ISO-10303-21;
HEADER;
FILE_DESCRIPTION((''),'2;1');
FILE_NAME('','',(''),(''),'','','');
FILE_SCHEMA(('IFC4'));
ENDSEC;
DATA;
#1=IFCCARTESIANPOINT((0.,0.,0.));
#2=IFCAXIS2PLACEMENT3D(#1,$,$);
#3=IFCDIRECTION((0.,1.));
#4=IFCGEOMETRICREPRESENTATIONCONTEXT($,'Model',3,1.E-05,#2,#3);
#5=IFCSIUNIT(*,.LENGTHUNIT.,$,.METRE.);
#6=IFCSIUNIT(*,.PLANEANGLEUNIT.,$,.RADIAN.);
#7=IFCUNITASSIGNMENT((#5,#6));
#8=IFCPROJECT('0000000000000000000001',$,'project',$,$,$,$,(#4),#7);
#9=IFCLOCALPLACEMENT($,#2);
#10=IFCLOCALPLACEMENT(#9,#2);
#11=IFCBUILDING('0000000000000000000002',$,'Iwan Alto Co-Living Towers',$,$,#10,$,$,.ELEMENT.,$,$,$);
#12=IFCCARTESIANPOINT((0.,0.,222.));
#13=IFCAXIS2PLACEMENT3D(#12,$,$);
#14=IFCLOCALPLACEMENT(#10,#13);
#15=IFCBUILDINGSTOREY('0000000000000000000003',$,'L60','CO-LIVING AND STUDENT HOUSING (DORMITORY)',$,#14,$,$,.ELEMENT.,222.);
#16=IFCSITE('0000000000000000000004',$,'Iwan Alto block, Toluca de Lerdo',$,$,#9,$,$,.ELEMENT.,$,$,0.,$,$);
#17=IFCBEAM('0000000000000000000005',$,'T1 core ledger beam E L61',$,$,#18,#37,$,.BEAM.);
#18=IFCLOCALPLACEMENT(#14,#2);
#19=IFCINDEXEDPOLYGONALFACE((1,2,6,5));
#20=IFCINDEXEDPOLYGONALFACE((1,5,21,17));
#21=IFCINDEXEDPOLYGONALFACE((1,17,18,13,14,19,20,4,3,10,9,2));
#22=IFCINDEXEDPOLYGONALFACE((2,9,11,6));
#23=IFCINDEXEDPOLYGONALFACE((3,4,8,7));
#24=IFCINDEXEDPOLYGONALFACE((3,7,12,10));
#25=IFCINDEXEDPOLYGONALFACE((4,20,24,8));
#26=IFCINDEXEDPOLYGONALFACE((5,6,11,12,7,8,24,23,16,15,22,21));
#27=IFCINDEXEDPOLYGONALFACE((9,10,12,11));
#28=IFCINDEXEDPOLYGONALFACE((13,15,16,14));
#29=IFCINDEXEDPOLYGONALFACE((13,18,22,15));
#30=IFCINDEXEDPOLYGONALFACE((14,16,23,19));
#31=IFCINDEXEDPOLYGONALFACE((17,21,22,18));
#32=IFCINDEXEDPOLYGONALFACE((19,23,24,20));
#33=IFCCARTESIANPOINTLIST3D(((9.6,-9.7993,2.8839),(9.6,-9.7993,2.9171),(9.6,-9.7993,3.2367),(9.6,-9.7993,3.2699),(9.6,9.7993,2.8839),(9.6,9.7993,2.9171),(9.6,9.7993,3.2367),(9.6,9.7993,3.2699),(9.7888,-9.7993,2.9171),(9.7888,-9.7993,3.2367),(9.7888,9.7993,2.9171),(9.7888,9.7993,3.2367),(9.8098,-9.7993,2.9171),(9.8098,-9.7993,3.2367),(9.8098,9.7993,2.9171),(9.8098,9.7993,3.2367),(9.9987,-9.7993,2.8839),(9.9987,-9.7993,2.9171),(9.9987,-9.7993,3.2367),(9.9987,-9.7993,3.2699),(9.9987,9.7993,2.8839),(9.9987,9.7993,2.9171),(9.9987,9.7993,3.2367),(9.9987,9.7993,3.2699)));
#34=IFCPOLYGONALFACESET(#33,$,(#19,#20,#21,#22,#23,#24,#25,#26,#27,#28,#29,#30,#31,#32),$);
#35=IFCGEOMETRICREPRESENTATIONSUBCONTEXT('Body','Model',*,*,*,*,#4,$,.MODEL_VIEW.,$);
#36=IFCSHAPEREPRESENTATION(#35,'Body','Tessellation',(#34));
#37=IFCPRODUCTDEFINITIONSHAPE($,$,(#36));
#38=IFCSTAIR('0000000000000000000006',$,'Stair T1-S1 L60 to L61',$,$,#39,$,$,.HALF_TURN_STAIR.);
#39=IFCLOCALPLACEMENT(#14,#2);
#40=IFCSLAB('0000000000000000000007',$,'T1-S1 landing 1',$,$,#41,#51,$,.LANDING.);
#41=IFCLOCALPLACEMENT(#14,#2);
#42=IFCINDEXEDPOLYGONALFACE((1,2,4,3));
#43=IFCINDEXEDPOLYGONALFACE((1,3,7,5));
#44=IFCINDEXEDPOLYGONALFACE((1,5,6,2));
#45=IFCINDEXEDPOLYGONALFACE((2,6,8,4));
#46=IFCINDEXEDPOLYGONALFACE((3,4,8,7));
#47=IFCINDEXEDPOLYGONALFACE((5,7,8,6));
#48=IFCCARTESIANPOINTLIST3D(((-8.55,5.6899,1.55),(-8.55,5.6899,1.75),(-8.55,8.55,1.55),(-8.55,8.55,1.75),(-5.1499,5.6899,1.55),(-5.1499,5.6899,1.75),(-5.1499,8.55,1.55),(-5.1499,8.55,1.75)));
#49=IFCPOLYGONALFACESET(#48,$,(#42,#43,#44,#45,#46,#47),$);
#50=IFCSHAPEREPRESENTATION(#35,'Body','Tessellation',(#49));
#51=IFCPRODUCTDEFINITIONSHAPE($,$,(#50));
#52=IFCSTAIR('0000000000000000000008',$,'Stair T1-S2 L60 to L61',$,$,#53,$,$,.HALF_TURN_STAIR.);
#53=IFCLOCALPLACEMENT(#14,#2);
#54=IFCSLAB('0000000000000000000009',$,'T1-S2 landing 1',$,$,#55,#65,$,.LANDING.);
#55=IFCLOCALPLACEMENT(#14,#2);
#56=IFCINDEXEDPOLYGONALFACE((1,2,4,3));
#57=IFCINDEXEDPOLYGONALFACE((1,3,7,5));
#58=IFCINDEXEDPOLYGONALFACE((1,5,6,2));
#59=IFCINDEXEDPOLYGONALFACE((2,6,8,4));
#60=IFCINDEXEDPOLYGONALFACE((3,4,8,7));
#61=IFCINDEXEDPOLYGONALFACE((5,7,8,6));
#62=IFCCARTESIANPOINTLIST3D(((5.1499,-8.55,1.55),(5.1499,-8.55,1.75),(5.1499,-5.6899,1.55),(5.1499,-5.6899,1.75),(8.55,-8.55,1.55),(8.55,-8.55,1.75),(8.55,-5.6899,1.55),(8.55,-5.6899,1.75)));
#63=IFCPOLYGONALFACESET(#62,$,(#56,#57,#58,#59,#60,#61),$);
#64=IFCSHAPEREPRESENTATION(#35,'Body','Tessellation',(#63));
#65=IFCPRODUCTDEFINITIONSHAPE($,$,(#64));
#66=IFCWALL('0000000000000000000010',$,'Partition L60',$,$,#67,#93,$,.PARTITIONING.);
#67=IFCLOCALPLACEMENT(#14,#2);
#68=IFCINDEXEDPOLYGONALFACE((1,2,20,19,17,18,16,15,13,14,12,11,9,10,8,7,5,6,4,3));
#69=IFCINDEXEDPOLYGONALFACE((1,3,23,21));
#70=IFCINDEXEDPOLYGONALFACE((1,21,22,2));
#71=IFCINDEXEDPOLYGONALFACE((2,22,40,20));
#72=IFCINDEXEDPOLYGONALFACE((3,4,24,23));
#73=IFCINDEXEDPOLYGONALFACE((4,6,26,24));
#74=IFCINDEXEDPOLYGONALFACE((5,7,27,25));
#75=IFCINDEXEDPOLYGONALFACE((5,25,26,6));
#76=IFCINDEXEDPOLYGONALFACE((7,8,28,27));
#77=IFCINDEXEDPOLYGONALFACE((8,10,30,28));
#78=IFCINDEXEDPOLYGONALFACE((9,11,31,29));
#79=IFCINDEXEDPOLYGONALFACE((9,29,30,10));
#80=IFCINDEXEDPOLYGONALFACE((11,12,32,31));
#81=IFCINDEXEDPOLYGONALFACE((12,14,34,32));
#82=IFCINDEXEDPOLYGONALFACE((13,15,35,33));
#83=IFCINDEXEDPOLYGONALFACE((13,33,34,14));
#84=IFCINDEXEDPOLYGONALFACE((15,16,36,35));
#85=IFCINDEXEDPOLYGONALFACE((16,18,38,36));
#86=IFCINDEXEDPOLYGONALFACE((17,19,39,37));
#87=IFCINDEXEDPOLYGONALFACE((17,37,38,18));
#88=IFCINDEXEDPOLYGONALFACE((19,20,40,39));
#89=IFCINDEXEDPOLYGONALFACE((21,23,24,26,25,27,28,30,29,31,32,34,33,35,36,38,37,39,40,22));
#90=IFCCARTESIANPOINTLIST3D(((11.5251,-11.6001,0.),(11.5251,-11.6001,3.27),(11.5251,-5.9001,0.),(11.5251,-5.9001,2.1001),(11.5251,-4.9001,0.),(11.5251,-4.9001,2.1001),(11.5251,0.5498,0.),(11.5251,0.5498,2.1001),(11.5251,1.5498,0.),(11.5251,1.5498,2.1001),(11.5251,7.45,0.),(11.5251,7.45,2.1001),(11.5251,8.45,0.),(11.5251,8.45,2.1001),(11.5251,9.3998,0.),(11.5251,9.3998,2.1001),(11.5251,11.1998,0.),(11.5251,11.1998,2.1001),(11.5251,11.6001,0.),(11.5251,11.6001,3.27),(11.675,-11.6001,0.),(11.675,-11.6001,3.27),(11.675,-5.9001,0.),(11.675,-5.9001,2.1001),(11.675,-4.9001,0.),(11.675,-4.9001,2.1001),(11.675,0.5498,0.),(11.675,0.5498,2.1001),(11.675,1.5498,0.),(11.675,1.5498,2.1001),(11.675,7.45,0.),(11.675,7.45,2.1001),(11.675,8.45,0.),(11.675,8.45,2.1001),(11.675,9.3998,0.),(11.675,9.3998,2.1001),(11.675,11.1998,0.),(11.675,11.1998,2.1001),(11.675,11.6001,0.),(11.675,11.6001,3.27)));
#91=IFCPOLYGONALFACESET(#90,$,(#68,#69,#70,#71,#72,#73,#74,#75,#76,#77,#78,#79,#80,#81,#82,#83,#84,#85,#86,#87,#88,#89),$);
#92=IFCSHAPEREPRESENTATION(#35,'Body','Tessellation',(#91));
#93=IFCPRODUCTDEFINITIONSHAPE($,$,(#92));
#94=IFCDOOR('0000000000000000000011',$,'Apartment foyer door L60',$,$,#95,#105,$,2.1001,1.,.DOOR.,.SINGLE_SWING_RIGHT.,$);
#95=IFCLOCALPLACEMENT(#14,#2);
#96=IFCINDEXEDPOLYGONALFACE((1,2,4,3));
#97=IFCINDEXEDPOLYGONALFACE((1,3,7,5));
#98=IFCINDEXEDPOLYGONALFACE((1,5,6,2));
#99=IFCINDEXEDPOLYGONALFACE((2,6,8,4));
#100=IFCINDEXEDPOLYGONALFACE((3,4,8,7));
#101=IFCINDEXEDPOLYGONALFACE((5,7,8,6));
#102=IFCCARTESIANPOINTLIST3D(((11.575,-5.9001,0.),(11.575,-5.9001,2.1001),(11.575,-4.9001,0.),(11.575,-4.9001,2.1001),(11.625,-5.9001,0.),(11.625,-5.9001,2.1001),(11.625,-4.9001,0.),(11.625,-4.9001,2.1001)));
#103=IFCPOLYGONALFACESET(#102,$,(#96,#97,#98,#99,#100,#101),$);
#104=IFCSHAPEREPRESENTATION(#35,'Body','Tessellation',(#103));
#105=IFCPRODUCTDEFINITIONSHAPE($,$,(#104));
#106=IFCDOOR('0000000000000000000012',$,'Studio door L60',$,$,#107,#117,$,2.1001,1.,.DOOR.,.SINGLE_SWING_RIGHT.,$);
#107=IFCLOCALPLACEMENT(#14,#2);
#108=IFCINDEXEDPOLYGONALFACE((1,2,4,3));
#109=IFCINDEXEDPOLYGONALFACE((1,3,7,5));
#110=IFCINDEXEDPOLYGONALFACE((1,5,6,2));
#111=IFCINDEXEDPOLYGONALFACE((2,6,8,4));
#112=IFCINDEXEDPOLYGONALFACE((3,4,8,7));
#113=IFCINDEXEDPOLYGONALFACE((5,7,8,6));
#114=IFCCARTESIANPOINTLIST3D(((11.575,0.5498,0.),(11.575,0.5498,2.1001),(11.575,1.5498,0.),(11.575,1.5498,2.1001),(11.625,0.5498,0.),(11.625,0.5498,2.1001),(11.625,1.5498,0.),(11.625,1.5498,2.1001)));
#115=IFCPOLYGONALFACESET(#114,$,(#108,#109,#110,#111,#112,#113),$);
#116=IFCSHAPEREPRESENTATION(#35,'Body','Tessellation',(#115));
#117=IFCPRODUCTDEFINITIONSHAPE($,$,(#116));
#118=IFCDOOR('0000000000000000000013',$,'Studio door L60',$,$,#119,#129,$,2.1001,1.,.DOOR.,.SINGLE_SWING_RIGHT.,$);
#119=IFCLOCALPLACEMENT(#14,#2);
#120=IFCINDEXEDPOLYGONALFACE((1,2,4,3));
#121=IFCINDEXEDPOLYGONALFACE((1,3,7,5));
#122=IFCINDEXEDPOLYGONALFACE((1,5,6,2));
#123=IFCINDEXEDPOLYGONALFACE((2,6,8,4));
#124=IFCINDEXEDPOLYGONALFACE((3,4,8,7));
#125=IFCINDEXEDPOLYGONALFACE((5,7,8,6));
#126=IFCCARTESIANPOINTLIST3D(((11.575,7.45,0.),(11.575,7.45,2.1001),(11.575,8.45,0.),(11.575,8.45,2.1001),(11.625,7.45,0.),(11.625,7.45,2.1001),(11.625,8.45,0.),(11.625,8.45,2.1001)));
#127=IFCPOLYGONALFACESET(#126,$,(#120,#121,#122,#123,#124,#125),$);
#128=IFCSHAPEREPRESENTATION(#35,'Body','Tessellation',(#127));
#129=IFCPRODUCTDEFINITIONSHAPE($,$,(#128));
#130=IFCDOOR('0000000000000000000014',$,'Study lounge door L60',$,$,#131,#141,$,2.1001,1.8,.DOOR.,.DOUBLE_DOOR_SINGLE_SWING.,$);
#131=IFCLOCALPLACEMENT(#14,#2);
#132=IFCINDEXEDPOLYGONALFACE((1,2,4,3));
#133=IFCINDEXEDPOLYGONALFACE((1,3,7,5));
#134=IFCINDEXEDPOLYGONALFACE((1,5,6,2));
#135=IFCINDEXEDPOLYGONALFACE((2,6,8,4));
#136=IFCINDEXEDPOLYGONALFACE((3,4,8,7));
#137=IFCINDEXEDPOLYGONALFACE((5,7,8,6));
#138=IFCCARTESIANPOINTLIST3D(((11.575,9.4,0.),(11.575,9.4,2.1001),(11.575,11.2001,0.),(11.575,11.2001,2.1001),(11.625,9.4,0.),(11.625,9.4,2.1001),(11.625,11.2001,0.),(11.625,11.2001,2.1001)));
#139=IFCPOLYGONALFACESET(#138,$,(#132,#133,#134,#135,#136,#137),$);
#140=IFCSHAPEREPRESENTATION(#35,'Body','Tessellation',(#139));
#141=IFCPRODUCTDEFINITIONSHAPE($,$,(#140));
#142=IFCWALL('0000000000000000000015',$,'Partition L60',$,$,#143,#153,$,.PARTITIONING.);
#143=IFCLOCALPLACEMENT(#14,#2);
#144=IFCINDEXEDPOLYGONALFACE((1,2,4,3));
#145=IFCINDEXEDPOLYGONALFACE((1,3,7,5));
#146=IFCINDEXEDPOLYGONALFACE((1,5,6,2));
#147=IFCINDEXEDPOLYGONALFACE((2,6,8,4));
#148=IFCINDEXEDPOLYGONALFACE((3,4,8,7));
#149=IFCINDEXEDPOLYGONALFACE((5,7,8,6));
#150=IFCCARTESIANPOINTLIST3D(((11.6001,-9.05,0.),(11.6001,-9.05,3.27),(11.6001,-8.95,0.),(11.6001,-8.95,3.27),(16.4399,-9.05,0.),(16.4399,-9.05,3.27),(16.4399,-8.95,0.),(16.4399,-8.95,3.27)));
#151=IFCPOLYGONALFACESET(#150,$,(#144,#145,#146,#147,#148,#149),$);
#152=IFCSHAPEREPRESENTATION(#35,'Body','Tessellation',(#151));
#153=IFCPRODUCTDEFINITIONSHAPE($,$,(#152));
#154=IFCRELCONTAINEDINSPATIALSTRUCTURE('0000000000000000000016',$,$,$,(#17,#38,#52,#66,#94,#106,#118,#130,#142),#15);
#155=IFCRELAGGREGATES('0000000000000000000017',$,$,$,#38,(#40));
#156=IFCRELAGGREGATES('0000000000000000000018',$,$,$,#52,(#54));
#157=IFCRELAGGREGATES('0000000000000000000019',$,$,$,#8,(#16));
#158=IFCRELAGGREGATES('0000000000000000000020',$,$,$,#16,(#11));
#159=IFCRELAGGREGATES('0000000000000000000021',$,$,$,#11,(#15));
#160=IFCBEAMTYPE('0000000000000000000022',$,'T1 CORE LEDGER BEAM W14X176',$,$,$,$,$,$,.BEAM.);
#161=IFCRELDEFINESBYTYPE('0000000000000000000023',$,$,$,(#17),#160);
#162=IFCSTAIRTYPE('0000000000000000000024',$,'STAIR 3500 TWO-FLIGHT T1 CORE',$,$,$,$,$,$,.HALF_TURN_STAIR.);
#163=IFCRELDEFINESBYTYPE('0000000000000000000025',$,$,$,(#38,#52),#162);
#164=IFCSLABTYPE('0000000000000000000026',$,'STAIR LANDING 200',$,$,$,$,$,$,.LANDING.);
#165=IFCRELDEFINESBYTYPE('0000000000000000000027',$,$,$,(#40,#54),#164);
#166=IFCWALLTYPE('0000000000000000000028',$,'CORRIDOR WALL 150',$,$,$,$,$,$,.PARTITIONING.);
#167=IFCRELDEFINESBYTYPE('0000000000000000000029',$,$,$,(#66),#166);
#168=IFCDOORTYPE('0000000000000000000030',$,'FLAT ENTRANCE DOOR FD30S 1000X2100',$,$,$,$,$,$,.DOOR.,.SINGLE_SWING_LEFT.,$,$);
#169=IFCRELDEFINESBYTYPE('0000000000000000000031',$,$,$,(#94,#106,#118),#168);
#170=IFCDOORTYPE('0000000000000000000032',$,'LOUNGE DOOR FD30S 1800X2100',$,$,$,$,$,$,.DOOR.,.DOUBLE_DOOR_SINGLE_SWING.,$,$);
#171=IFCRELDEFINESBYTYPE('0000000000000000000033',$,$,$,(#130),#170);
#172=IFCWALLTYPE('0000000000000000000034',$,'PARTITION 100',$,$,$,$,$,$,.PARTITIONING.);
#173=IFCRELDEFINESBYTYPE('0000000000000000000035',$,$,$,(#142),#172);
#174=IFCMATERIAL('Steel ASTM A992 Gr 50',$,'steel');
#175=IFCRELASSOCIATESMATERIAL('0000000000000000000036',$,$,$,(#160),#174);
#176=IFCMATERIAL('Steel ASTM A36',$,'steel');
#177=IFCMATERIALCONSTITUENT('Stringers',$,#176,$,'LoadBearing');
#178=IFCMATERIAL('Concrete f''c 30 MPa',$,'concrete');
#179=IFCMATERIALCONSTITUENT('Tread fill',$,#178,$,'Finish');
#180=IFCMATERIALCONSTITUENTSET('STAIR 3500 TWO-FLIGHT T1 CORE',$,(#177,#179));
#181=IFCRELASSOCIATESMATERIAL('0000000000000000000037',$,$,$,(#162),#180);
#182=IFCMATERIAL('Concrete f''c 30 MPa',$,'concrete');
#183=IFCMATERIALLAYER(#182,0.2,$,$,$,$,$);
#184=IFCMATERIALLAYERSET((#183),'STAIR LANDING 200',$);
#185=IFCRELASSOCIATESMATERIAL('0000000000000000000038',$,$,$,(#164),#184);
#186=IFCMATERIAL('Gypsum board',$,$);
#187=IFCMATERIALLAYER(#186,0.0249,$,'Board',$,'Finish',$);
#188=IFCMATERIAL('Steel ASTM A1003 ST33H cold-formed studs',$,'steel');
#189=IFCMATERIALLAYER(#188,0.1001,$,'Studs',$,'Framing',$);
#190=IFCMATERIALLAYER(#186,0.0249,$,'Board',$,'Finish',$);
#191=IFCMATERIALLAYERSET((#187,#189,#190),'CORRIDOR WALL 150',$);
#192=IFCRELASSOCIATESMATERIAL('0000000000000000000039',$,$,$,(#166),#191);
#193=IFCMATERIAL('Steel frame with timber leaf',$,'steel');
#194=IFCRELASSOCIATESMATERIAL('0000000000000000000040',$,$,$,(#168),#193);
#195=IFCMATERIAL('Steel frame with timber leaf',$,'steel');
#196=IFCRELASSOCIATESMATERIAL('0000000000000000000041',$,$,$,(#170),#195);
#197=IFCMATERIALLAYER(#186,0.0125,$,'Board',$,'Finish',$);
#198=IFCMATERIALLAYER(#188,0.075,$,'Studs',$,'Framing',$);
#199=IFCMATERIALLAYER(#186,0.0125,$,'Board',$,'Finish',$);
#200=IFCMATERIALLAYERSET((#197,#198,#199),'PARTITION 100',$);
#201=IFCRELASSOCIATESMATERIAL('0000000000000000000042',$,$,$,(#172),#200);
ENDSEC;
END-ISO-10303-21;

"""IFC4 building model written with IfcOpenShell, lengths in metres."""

from ifc_helpers import new_model, si_unit, direction, frame, frame_2d, origin, origin_2d, place, context, subcontext, project, spatial, polyline, rectangle, i_section, outline, extrude, material, layer, layer_set, constituent, constituent_set, material_profile, profile_set, type_object, element, fill, aggregate, save


model = new_model("IFC4")

# Units and contexts
model_context = context("Model", 3, precision=1e-05, world=origin(), true_north=direction((0.0, 1.0)))
body_context = subcontext(model_context, "Body", "Model", "MODEL_VIEW")
ifc_project = project(units=[si_unit("LENGTHUNIT", "METRE"), si_unit("PLANEANGLEUNIT", "RADIAN")], contexts=[model_context])

# Site, building, storey
site_placement = place(None, origin())
site = spatial("IfcSite", under=ifc_project, at=site_placement, Name="Iwan Alto block, Toluca de Lerdo", CompositionType="ELEMENT", RefElevation=0.0)
building_placement = place(site_placement, origin())
building = spatial("IfcBuilding", under=site, at=building_placement, Name="Iwan Alto Co-Living Towers", CompositionType="ELEMENT")
storey_placement = place(building_placement, frame((0.0, 0.0, 222.0)))
storey = spatial("IfcBuildingStorey", under=building, at=storey_placement, Name="L60", Description="CO-LIVING AND STUDENT HOUSING (DORMITORY)", CompositionType="ELEMENT", Elevation=222.0)

# Beam
ifc_material_1 = material(Name="Steel ASTM A992 Gr 50", Category="steel")
ifc_material_profile = material_profile(ifc_material_1, i_section(OverallWidth=0.3987, OverallDepth=0.386, WebThickness=0.021, FlangeThickness=0.0332, at=origin_2d()), Name="W14X176")
ifc_profile_set = profile_set([ifc_material_profile], Name="Steel ASTM A992 Gr 50")
beam_type = type_object("IfcBeamType", Name="T1 CORE LEDGER BEAM W14X176", PredefinedType="BEAM", material=ifc_profile_set)
beam_placement = place(storey_placement, frame((9.7993, -9.7993, 3.0769), z_axis=(0.0, 1.0, 0.0), x_axis=(-1.0, 0.0, 0.0)))
element("IfcBeam", 1, at=beam_placement, inside=storey, type_object=beam_type, Name="T1 core ledger beam E L61", PredefinedType="BEAM", context=body_context, shape_type="SweptSolid", body=[
    extrude(i_section(OverallWidth=0.3987, OverallDepth=0.386, WebThickness=0.021, FlangeThickness=0.0332, at=origin_2d()), origin(), (0.0, 0.0, 1.0), 19.5986),
])

# Stairs, slabs
ifc_material_2 = material(Name="Steel ASTM A36", Category="steel")
ifc_constituent_1 = constituent(ifc_material_2, Name="Stringers", Category="LoadBearing")
ifc_material_3 = material(Name="Concrete f'c 30 MPa", Category="concrete")
ifc_constituent_2 = constituent(ifc_material_3, Name="Tread fill", Category="Finish")
ifc_constituent_set_1 = constituent_set(constituents=[ifc_constituent_1, ifc_constituent_2], Name="STAIR 3500 TWO-FLIGHT T1 CORE")
stair_type = type_object("IfcStairType", Name="STAIR 3500 TWO-FLIGHT T1 CORE", PredefinedType="HALF_TURN_STAIR", material=ifc_constituent_set_1)
stair_1_placement = place(storey_placement, origin())
stair_1 = element("IfcStair", 2, at=stair_1_placement, inside=storey, type_object=stair_type, Name="Stair T1-S1 L60 to L61", PredefinedType="HALF_TURN_STAIR")
ifc_material_4 = material(Name="Concrete f'c 30 MPa", Category="concrete")
ifc_layer_1 = layer(ifc_material_4, 0.2)
ifc_layer_set_1 = layer_set([ifc_layer_1], Name="STAIR LANDING 200")
slab_type = type_object("IfcSlabType", Name="STAIR LANDING 200", PredefinedType="LANDING", material=ifc_layer_set_1)
slab_1_placement = place(storey_placement, frame((0.0, 0.0, 1.55)))
slab_1 = element("IfcSlab", 3, at=slab_1_placement, type_object=slab_type, Name="T1-S1 landing 1", PredefinedType="LANDING", context=body_context, shape_type="SweptSolid", body=[
    extrude(outline(polyline([(-8.55, 5.6899), (-8.55, 8.55), (-5.1499, 8.55), (-5.1499, 5.6899), (-8.55, 5.6899)])), origin(), (0.0, 0.0, 1.0), 0.2),
])
aggregate(stair_1, [slab_1])
stair_2_placement = place(storey_placement, origin())
stair_2 = element("IfcStair", 4, at=stair_2_placement, inside=storey, type_object=stair_type, Name="Stair T1-S2 L60 to L61", PredefinedType="HALF_TURN_STAIR")
slab_2_placement = place(storey_placement, frame((0.0, 0.0, 1.55)))
slab_2 = element("IfcSlab", 5, at=slab_2_placement, type_object=slab_type, Name="T1-S2 landing 1", PredefinedType="LANDING", context=body_context, shape_type="SweptSolid", body=[
    extrude(outline(polyline([(5.1499, -5.6899), (5.1499, -8.55), (8.55, -8.55), (8.55, -5.6899), (5.1499, -5.6899)])), origin(), (0.0, 0.0, 1.0), 0.2),
])

# Wall, openings, doors
ifc_material_5 = material(Name="Gypsum board")
ifc_layer_2 = layer(ifc_material_5, 0.0249, Name="Board", Category="Finish")
ifc_material_6 = material(Name="Steel ASTM A1003 ST33H cold-formed studs", Category="steel")
ifc_layer_3 = layer(ifc_material_6, 0.1001, Name="Studs", Category="Framing")
ifc_layer_4 = layer(ifc_material_5, 0.0249, Name="Board", Category="Finish")
ifc_layer_set_2 = layer_set([ifc_layer_2, ifc_layer_3, ifc_layer_4], Name="CORRIDOR WALL 150")
wall_type_1 = type_object("IfcWallType", Name="CORRIDOR WALL 150", PredefinedType="PARTITIONING", material=ifc_layer_set_2)
wall_1_placement = place(storey_placement, frame((11.6001, -11.6001, 0.0), z_axis=(0.0, 0.0, 1.0), x_axis=(0.0, 1.0, 0.0)))
wall_1 = element("IfcWall", 6, at=wall_1_placement, inside=storey, type_object=wall_type_1, Name="Partition L60", PredefinedType="PARTITIONING", context=body_context, shape_type="SweptSolid", body=[
    extrude(rectangle(XDim=23.2002, YDim=0.1499, at=frame_2d((11.6001, 0.0))), origin(), (0.0, 0.0, 1.0), 3.27),
])
opening_1_placement = place(wall_1_placement, frame((5.7, 0.0, 0.0)))
opening_1 = element("IfcOpeningElement", 7, at=opening_1_placement, cuts=wall_1, PredefinedType="OPENING", context=body_context, shape_type="SweptSolid", body=[
    extrude(rectangle(XDim=1.0, YDim=2.1001, at=frame_2d((0.5, 1.05))), frame((0.0, 0.085, 0.0), z_axis=(0.0, -1.0, 0.0), x_axis=(1.0, 0.0, 0.0)), (0.0, 0.0, 1.0), 0.1699),
])
opening_2_placement = place(wall_1_placement, frame((12.1499, 0.0, 0.0)))
opening_2 = element("IfcOpeningElement", 8, at=opening_2_placement, cuts=wall_1, PredefinedType="OPENING", context=body_context, shape_type="SweptSolid", body=[
    extrude(rectangle(XDim=1.0, YDim=2.1001, at=frame_2d((0.5, 1.05))), frame((0.0, 0.085, 0.0), z_axis=(0.0, -1.0, 0.0), x_axis=(1.0, 0.0, 0.0)), (0.0, 0.0, 1.0), 0.1699),
])
opening_3_placement = place(wall_1_placement, frame((19.05, 0.0, 0.0)))
opening_3 = element("IfcOpeningElement", 9, at=opening_3_placement, cuts=wall_1, PredefinedType="OPENING", context=body_context, shape_type="SweptSolid", body=[
    extrude(rectangle(XDim=1.0, YDim=2.1001, at=frame_2d((0.5, 1.05))), frame((0.0, 0.085, 0.0), z_axis=(0.0, -1.0, 0.0), x_axis=(1.0, 0.0, 0.0)), (0.0, 0.0, 1.0), 0.1699),
])
opening_4_placement = place(wall_1_placement, frame((21.0, 0.0, 0.0)))
opening_4 = element("IfcOpeningElement", 10, at=opening_4_placement, cuts=wall_1, PredefinedType="OPENING", context=body_context, shape_type="SweptSolid", body=[
    extrude(rectangle(XDim=1.8, YDim=2.1001, at=frame_2d((0.8999, 1.05))), frame((0.0, 0.085, 0.0), z_axis=(0.0, -1.0, 0.0), x_axis=(1.0, 0.0, 0.0)), (0.0, 0.0, 1.0), 0.1699),
])
ifc_material_7 = material(Name="Steel frame with timber leaf", Category="steel")
door_type_1 = type_object("IfcDoorType", Name="FLAT ENTRANCE DOOR FD30S 1000X2100", OperationType="SINGLE_SWING_LEFT", PredefinedType="DOOR", material=ifc_material_7)
door_1_placement = place(opening_1_placement, frame((1.0, 0.0, 0.0), z_axis=(0.0, 0.0, 1.0), x_axis=(-1.0, 0.0, 0.0)))
door_1 = element("IfcDoor", 11, at=door_1_placement, inside=storey, type_object=door_type_1, Name="Apartment foyer door L60", OperationType="SINGLE_SWING_RIGHT", OverallHeight=2.1001, OverallWidth=1.0, PredefinedType="DOOR", context=body_context, shape_type="SweptSolid", body=[
    extrude(rectangle(XDim=1.0, YDim=2.1001, at=frame_2d((0.5, 1.05))), frame((0.0, 0.0249, 0.0), z_axis=(0.0, -1.0, 0.0), x_axis=(1.0, 0.0, 0.0)), (0.0, 0.0, 1.0), 0.05),
])
fill(opening_1, door_1)
door_2_placement = place(opening_2_placement, frame((1.0, 0.0, 0.0), z_axis=(0.0, 0.0, 1.0), x_axis=(-1.0, 0.0, 0.0)))
door_2 = element("IfcDoor", 12, at=door_2_placement, inside=storey, type_object=door_type_1, Name="Studio door L60", OperationType="SINGLE_SWING_RIGHT", OverallHeight=2.1001, OverallWidth=1.0, PredefinedType="DOOR", context=body_context, shape_type="SweptSolid", body=[
    extrude(rectangle(XDim=1.0, YDim=2.1001, at=frame_2d((0.5, 1.05))), frame((0.0, 0.0249, 0.0), z_axis=(0.0, -1.0, 0.0), x_axis=(1.0, 0.0, 0.0)), (0.0, 0.0, 1.0), 0.05),
])
fill(opening_2, door_2)
door_3_placement = place(opening_3_placement, frame((1.0, 0.0, 0.0), z_axis=(0.0, 0.0, 1.0), x_axis=(-1.0, 0.0, 0.0)))
door_3 = element("IfcDoor", 13, at=door_3_placement, inside=storey, type_object=door_type_1, Name="Studio door L60", OperationType="SINGLE_SWING_RIGHT", OverallHeight=2.1001, OverallWidth=1.0, PredefinedType="DOOR", context=body_context, shape_type="SweptSolid", body=[
    extrude(rectangle(XDim=1.0, YDim=2.1001, at=frame_2d((0.5, 1.05))), frame((0.0, 0.0249, 0.0), z_axis=(0.0, -1.0, 0.0), x_axis=(1.0, 0.0, 0.0)), (0.0, 0.0, 1.0), 0.05),
])
fill(opening_3, door_3)
ifc_material_8 = material(Name="Steel frame with timber leaf", Category="steel")
door_type_2 = type_object("IfcDoorType", Name="LOUNGE DOOR FD30S 1800X2100", OperationType="DOUBLE_DOOR_SINGLE_SWING", PredefinedType="DOOR", material=ifc_material_8)
door_4_placement = place(opening_4_placement, frame((1.8, 0.0, 0.0), z_axis=(0.0, 0.0, 1.0), x_axis=(-1.0, 0.0, 0.0)))
door_4 = element("IfcDoor", 14, at=door_4_placement, inside=storey, type_object=door_type_2, Name="Study lounge door L60", OperationType="DOUBLE_DOOR_SINGLE_SWING", OverallHeight=2.1001, OverallWidth=1.8, PredefinedType="DOOR", context=body_context, shape_type="SweptSolid", body=[
    extrude(rectangle(XDim=1.8, YDim=2.1001, at=frame_2d((0.8999, 1.05))), frame((0.0, 0.0249, 0.0), z_axis=(0.0, -1.0, 0.0), x_axis=(1.0, 0.0, 0.0)), (0.0, 0.0, 1.0), 0.05),
])
fill(opening_4, door_4)

# Wall
ifc_layer_5 = layer(ifc_material_5, 0.0125, Name="Board", Category="Finish")
ifc_layer_6 = layer(ifc_material_6, 0.075, Name="Studs", Category="Framing")
ifc_layer_7 = layer(ifc_material_5, 0.0125, Name="Board", Category="Finish")
ifc_layer_set_3 = layer_set([ifc_layer_5, ifc_layer_6, ifc_layer_7], Name="PARTITION 100")
wall_type_2 = type_object("IfcWallType", Name="PARTITION 100", PredefinedType="PARTITIONING", material=ifc_layer_set_3)
wall_2_placement = place(storey_placement, frame((11.6001, -9.0, 0.0), z_axis=(0.0, 0.0, 1.0), x_axis=(1.0, 0.0, 0.0)))
element("IfcWall", 15, at=wall_2_placement, inside=storey, type_object=wall_type_2, Name="Partition L60", PredefinedType="PARTITIONING", context=body_context, shape_type="SweptSolid", body=[
    extrude(rectangle(XDim=4.8398, YDim=0.1001, at=frame_2d((2.4199, 0.0))), origin(), (0.0, 0.0, 1.0), 3.27),
])

aggregate(stair_2, [slab_2])

save(model, "model.ifc")
